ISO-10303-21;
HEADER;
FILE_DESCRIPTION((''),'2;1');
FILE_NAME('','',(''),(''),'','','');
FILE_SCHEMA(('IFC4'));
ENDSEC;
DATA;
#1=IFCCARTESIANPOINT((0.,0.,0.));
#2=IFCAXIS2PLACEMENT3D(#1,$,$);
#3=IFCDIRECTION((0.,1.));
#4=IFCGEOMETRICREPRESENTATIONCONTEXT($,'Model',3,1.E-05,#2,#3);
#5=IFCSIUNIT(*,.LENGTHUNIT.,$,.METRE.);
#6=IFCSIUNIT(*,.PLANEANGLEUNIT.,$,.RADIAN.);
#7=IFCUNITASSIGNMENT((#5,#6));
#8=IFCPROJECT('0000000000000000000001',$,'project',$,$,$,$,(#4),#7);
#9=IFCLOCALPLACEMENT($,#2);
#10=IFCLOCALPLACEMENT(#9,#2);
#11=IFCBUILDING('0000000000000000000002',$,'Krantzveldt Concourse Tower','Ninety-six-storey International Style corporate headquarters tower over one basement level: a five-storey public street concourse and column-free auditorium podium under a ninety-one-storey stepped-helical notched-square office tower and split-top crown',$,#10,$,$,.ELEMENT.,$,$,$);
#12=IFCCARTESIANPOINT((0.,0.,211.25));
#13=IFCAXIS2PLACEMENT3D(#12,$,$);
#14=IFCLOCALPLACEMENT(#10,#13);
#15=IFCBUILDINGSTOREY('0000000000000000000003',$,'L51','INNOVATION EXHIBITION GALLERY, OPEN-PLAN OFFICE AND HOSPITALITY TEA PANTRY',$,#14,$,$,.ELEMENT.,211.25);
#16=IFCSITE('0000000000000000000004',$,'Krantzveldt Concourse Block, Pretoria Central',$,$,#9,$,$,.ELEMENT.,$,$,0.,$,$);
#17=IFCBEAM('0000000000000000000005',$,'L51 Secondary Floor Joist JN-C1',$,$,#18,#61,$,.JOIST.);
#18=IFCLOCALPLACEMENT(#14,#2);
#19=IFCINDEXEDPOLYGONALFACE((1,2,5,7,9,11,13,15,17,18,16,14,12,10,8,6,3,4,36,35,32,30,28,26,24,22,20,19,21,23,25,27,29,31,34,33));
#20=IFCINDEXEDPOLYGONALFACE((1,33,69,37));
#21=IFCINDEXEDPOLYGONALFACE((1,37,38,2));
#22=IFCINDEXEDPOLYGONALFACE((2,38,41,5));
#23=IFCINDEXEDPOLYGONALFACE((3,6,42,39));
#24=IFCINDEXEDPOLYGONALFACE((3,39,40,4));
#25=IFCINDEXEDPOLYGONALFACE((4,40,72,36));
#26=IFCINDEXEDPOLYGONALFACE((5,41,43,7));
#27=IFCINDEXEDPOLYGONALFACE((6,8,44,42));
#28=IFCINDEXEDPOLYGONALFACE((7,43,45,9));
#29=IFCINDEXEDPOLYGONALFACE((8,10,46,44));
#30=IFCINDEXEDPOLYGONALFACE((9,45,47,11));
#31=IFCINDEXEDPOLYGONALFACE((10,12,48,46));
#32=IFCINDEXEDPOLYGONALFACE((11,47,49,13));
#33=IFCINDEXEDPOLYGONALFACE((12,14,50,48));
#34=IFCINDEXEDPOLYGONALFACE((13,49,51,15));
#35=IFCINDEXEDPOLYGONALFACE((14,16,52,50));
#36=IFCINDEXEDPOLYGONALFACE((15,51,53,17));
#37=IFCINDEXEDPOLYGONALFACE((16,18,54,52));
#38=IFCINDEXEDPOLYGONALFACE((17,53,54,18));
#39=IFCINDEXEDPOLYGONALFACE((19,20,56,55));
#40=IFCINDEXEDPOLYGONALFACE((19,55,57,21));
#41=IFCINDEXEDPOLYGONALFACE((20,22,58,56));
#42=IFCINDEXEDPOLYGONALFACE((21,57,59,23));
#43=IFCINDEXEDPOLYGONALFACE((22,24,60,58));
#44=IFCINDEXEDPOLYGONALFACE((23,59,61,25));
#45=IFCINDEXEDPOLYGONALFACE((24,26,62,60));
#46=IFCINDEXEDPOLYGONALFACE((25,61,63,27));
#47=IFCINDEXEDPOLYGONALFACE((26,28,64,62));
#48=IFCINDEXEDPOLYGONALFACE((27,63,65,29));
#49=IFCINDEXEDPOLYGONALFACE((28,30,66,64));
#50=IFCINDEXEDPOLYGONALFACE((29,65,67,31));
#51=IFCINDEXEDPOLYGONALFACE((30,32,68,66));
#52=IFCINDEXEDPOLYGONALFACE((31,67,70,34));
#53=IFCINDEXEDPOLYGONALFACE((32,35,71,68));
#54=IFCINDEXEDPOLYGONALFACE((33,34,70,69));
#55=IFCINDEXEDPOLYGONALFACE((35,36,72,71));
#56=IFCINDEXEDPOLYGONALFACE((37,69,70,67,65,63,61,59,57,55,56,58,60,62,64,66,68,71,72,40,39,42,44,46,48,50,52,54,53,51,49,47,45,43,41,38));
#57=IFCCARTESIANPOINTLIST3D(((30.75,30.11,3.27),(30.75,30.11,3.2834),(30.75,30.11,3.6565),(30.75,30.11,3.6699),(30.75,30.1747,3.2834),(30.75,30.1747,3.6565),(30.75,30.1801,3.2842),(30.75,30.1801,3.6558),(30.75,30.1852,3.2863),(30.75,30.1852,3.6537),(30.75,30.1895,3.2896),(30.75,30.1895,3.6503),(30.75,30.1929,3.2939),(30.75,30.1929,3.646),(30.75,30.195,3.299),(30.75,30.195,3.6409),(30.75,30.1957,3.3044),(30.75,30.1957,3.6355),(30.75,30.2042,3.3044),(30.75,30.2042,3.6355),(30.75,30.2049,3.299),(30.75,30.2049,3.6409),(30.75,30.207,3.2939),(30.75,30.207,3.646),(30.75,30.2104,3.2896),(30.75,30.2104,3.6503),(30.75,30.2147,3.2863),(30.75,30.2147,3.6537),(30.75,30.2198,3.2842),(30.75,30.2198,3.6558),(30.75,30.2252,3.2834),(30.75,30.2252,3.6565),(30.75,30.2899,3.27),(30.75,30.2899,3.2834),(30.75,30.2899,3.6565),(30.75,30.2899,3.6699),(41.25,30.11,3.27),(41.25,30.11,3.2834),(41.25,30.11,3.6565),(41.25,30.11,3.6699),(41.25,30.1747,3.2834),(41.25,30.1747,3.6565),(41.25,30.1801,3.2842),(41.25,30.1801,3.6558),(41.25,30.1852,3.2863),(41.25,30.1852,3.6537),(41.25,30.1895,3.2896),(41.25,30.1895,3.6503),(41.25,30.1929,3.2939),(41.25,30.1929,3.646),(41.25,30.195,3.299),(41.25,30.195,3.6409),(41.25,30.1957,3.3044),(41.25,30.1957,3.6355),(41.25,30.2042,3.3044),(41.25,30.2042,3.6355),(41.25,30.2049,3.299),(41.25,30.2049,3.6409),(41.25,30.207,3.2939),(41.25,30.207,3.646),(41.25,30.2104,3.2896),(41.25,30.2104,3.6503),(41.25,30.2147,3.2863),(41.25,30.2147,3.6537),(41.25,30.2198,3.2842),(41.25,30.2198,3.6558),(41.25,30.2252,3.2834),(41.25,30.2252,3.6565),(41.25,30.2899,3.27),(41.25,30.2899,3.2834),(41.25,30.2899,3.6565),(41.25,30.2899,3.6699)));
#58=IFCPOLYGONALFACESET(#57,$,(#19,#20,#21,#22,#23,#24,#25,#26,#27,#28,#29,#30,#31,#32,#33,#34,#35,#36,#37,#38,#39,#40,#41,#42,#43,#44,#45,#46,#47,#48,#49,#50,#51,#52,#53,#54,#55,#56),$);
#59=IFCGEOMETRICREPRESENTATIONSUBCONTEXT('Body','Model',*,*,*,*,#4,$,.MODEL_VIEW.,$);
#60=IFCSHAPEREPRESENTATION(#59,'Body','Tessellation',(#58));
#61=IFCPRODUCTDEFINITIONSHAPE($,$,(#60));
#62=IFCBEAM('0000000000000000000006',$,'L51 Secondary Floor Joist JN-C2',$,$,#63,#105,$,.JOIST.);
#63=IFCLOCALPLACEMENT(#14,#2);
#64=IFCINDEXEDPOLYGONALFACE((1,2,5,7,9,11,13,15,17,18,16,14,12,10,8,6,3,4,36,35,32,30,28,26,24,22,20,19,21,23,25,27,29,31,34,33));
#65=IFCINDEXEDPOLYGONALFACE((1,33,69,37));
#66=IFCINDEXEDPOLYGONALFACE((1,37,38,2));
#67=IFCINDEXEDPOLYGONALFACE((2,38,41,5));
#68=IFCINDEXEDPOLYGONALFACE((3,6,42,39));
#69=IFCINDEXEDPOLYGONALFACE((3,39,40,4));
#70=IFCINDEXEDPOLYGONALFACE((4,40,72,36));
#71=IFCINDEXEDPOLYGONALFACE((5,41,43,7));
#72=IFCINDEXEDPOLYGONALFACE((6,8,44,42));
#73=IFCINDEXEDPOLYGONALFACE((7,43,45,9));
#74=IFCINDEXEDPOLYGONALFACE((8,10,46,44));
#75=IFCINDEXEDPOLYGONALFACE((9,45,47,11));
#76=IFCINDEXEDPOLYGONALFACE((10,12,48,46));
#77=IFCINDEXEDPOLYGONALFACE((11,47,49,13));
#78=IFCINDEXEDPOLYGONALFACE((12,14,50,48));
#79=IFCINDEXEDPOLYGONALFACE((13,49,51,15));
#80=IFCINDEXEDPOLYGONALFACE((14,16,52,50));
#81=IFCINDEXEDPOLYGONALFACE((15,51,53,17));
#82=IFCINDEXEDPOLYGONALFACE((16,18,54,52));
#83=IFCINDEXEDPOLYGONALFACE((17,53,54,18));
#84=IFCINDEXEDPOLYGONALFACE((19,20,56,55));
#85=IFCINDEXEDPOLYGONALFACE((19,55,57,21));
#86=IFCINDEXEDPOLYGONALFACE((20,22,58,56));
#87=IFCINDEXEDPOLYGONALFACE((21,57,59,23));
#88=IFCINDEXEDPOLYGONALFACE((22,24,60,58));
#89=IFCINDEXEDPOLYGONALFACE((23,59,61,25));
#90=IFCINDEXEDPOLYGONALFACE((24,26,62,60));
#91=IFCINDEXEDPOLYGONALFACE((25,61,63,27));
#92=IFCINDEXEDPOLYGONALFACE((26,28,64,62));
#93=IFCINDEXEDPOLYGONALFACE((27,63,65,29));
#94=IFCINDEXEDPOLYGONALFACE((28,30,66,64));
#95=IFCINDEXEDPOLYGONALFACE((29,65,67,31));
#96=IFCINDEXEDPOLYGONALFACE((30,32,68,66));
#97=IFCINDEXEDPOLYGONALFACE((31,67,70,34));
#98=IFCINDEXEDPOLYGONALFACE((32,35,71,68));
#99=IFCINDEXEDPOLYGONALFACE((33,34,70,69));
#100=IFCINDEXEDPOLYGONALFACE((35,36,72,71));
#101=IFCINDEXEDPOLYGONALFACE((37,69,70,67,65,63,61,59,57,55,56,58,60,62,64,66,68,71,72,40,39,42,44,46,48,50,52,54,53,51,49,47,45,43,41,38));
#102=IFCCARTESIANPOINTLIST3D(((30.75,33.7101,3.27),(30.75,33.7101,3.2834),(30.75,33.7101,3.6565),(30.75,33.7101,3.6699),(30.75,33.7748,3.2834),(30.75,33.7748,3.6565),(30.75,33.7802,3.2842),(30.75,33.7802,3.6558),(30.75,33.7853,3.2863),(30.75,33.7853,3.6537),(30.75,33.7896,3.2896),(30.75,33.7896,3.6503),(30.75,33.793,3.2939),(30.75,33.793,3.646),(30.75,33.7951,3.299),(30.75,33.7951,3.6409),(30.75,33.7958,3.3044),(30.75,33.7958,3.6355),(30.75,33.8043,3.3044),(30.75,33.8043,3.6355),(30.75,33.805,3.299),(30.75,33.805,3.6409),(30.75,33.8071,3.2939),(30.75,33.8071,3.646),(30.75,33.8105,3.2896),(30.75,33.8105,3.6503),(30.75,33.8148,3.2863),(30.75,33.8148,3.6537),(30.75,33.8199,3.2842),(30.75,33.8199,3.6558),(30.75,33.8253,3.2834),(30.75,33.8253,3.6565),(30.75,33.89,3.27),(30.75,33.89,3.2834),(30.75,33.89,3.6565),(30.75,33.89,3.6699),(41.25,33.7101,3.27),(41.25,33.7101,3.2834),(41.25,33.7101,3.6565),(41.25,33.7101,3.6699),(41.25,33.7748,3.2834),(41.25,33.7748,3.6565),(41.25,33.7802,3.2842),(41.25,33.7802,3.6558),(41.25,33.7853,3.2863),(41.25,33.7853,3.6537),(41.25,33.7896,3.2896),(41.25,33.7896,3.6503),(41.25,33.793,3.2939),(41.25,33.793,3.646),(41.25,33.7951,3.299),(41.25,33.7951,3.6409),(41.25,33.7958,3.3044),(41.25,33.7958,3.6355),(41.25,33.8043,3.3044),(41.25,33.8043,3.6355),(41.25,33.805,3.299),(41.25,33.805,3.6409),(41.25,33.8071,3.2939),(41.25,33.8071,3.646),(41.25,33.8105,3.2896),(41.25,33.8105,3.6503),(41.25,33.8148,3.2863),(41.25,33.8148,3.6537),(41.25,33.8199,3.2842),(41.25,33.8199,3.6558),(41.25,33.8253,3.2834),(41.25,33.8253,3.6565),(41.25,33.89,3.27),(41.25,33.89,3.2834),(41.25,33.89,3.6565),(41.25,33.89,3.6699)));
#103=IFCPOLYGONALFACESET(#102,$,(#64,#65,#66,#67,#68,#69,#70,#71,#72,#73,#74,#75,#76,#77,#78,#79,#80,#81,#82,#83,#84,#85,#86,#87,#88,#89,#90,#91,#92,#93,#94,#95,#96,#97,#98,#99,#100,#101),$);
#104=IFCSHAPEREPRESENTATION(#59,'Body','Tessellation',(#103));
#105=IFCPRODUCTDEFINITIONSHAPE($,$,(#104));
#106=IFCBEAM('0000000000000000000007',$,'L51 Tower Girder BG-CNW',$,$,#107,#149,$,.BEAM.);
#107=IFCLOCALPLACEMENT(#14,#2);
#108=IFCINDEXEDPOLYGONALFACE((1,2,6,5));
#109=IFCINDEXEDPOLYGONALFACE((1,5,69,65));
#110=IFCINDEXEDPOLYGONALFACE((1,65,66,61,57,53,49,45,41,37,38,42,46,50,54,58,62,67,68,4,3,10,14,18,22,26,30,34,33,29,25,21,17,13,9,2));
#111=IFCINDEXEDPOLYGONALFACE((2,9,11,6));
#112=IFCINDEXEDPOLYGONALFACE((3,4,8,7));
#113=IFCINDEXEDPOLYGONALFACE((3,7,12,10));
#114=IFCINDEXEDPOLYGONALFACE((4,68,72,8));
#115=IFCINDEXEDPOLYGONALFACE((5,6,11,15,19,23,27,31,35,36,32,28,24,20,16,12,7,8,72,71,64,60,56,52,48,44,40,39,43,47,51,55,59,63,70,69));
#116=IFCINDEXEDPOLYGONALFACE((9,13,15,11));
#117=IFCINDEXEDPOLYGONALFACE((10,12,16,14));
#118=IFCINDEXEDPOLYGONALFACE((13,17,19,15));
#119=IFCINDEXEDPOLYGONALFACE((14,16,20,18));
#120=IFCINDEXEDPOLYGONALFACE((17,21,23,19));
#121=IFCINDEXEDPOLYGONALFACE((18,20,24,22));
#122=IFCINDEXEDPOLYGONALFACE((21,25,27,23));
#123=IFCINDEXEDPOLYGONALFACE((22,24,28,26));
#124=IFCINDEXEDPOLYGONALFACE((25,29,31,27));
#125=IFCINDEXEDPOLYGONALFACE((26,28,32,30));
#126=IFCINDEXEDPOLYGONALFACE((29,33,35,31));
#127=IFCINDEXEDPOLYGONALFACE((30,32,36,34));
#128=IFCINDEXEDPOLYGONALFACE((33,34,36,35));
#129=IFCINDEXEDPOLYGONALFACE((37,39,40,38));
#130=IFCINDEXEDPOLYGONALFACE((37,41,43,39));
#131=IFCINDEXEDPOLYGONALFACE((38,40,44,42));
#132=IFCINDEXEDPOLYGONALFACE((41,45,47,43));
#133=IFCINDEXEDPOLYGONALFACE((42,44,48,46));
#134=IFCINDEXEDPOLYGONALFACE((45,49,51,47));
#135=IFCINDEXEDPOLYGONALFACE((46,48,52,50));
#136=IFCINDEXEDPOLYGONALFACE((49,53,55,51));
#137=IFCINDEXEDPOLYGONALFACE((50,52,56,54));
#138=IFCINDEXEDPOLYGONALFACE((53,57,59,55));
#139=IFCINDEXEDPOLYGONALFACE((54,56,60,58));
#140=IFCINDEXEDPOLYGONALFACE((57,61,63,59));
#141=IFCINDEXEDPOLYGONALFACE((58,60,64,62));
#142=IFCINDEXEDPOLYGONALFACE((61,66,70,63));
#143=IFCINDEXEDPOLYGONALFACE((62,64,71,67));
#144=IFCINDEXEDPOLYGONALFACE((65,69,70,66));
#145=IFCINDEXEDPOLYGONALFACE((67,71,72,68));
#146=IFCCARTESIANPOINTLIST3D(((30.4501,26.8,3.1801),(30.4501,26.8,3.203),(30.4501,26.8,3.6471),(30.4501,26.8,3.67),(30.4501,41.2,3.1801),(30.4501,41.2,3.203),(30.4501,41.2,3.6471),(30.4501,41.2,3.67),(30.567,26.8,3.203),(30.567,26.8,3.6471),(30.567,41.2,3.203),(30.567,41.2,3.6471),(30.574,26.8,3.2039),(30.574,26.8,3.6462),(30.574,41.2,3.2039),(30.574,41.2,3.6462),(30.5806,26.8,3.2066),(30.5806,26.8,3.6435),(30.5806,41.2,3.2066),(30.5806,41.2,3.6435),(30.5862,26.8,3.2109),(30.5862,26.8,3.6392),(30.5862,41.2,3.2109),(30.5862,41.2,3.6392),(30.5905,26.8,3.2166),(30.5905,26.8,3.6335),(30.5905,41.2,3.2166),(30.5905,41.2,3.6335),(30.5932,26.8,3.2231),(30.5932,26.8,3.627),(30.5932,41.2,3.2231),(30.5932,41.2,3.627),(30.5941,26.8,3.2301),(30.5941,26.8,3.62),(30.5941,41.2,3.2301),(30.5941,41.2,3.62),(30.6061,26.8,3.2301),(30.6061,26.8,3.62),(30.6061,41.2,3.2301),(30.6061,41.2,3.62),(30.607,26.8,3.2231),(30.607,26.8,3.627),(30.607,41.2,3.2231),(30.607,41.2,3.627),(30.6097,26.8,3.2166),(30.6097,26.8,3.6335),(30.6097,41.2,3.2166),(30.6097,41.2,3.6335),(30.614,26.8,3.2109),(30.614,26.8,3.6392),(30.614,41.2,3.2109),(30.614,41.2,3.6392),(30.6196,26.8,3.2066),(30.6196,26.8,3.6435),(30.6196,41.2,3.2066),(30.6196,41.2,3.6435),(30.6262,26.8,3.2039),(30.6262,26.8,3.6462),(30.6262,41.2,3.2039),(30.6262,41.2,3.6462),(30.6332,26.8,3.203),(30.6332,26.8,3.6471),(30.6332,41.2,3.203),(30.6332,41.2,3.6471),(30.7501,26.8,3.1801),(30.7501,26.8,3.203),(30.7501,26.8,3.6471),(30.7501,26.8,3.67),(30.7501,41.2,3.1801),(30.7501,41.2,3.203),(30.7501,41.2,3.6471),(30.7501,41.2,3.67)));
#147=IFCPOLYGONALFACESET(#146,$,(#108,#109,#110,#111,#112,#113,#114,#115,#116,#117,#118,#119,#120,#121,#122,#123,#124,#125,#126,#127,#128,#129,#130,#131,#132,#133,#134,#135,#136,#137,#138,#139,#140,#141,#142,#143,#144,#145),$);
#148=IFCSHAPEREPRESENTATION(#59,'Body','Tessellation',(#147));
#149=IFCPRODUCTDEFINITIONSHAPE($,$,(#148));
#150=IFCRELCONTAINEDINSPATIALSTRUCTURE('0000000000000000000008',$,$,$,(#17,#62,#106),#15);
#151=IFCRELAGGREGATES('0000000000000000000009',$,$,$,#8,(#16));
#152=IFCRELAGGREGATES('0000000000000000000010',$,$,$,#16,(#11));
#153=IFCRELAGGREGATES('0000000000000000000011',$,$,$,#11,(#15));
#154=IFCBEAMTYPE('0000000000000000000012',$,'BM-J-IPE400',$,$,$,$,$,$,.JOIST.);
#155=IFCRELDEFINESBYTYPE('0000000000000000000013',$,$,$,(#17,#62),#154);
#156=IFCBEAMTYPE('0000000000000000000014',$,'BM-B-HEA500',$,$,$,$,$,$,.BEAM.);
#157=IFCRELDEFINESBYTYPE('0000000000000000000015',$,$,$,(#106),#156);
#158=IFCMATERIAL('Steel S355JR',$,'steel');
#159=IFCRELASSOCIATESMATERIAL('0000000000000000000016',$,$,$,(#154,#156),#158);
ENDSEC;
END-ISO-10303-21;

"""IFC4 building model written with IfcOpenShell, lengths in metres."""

from ifc_helpers import new_model, si_unit, direction, frame, origin, origin_2d, place, context, subcontext, project, spatial, i_section, extrude, source, transform, mapped, material, material_profile, profile_set, type_object, type_shapes, element, save


model = new_model("IFC4")

# Units and contexts
model_context = context("Model", 3, precision=1e-05, world=origin(), true_north=direction((0.0, 1.0)))
body_context = subcontext(model_context, "Body", "Model", "MODEL_VIEW")
ifc_project = project(units=[si_unit("LENGTHUNIT", "METRE"), si_unit("PLANEANGLEUNIT", "RADIAN")], contexts=[model_context])

# Site, building, storey
site_placement = place(None, origin())
site = spatial("IfcSite", under=ifc_project, at=site_placement, Name="Krantzveldt Concourse Block, Pretoria Central", CompositionType="ELEMENT", RefElevation=0.0)
building_placement = place(site_placement, origin())
building = spatial("IfcBuilding", under=site, at=building_placement, Name="Krantzveldt Concourse Tower", Description="Ninety-six-storey International Style corporate headquarters tower over one basement level: a five-storey public street concourse and column-free auditorium podium under a ninety-one-storey stepped-helical notched-square office tower and split-top crown", CompositionType="ELEMENT")
storey_placement = place(building_placement, frame((0.0, 0.0, 211.25)))
storey = spatial("IfcBuildingStorey", under=building, at=storey_placement, Name="L51", Description="INNOVATION EXHIBITION GALLERY, OPEN-PLAN OFFICE AND HOSPITALITY TEA PANTRY", CompositionType="ELEMENT", Elevation=211.25)

# Beams
ifc_material_1 = material(Name="Steel S355JR", Category="steel")
ifc_material_profile_1 = material_profile(ifc_material_1, i_section(OverallWidth=0.1799, OverallDepth=0.3999, WebThickness=0.0085, FlangeThickness=0.0134, FilletRadius=0.021, at=origin_2d()), Name="Steel S355JR", Category="steel")
ifc_profile_set_1 = profile_set([ifc_material_profile_1], Name="Steel S355JR - IPE 400")
beam_type_1 = type_object("IfcBeamType", Name="BM-J-IPE400", PredefinedType="JOIST", material=ifc_profile_set_1)
shared_shape_1 = source(origin(), body_context, "Body", "SweptSolid", [
    extrude(i_section(OverallWidth=0.1799, OverallDepth=0.3999, WebThickness=0.0085, FlangeThickness=0.0134, FilletRadius=0.021, at=origin_2d()), origin(), (0.0, 0.0, 1.0), 10.5),
])
type_shapes(beam_type_1, [shared_shape_1])
for number, where, z_axis, x_axis, name in (
    (1, (30.75, 30.2, 3.47), (1.0, 0.0, 0.0), (0.0, 1.0, 0.0), "L51 Secondary Floor Joist JN-C1"),
    (2, (30.75, 33.8, 3.47), (1.0, 0.0, 0.0), (0.0, 1.0, 0.0), "L51 Secondary Floor Joist JN-C2"),
):
    element("IfcBeam", number, at=place(storey_placement, frame(where, z_axis=z_axis, x_axis=x_axis)), inside=storey, type_object=beam_type_1, Name=name, PredefinedType="JOIST", context=body_context, shape_type="MappedRepresentation", body=[
        mapped(shared_shape_1, transform((0.0, 0.0, 0.0), x_axis=(1.0, 0.0, 0.0), y_axis=(0.0, 1.0, 0.0), z_axis=(0.0, 0.0, 1.0), scale=1.0)),
    ])
ifc_material_profile_2 = material_profile(ifc_material_1, i_section(OverallWidth=0.3, OverallDepth=0.49, WebThickness=0.012, FlangeThickness=0.0229, FilletRadius=0.0271, at=origin_2d()), Name="Steel S355JR", Category="steel")
ifc_profile_set_2 = profile_set([ifc_material_profile_2], Name="Steel S355JR - HEA 500")
beam_type_2 = type_object("IfcBeamType", Name="BM-B-HEA500", PredefinedType="BEAM", material=ifc_profile_set_2)
shared_shape_2 = source(origin(), body_context, "Body", "SweptSolid", [
    extrude(i_section(OverallWidth=0.3, OverallDepth=0.49, WebThickness=0.012, FlangeThickness=0.0229, FilletRadius=0.0271, at=origin_2d()), origin(), (0.0, 0.0, 1.0), 14.3999),
])
type_shapes(beam_type_2, [shared_shape_2])
beam_1_placement = place(storey_placement, frame((30.6001, 26.8, 3.425), z_axis=(0.0, 1.0, 0.0), x_axis=(-1.0, 0.0, 0.0)))
element("IfcBeam", 3, at=beam_1_placement, inside=storey, type_object=beam_type_2, Name="L51 Tower Girder BG-CNW", PredefinedType="BEAM", context=body_context, shape_type="MappedRepresentation", body=[
    mapped(shared_shape_2, transform((0.0, 0.0, 0.0), x_axis=(1.0, 0.0, 0.0), y_axis=(0.0, 1.0, 0.0), z_axis=(0.0, 0.0, 1.0), scale=1.0)),
])

save(model, "model.ifc")
